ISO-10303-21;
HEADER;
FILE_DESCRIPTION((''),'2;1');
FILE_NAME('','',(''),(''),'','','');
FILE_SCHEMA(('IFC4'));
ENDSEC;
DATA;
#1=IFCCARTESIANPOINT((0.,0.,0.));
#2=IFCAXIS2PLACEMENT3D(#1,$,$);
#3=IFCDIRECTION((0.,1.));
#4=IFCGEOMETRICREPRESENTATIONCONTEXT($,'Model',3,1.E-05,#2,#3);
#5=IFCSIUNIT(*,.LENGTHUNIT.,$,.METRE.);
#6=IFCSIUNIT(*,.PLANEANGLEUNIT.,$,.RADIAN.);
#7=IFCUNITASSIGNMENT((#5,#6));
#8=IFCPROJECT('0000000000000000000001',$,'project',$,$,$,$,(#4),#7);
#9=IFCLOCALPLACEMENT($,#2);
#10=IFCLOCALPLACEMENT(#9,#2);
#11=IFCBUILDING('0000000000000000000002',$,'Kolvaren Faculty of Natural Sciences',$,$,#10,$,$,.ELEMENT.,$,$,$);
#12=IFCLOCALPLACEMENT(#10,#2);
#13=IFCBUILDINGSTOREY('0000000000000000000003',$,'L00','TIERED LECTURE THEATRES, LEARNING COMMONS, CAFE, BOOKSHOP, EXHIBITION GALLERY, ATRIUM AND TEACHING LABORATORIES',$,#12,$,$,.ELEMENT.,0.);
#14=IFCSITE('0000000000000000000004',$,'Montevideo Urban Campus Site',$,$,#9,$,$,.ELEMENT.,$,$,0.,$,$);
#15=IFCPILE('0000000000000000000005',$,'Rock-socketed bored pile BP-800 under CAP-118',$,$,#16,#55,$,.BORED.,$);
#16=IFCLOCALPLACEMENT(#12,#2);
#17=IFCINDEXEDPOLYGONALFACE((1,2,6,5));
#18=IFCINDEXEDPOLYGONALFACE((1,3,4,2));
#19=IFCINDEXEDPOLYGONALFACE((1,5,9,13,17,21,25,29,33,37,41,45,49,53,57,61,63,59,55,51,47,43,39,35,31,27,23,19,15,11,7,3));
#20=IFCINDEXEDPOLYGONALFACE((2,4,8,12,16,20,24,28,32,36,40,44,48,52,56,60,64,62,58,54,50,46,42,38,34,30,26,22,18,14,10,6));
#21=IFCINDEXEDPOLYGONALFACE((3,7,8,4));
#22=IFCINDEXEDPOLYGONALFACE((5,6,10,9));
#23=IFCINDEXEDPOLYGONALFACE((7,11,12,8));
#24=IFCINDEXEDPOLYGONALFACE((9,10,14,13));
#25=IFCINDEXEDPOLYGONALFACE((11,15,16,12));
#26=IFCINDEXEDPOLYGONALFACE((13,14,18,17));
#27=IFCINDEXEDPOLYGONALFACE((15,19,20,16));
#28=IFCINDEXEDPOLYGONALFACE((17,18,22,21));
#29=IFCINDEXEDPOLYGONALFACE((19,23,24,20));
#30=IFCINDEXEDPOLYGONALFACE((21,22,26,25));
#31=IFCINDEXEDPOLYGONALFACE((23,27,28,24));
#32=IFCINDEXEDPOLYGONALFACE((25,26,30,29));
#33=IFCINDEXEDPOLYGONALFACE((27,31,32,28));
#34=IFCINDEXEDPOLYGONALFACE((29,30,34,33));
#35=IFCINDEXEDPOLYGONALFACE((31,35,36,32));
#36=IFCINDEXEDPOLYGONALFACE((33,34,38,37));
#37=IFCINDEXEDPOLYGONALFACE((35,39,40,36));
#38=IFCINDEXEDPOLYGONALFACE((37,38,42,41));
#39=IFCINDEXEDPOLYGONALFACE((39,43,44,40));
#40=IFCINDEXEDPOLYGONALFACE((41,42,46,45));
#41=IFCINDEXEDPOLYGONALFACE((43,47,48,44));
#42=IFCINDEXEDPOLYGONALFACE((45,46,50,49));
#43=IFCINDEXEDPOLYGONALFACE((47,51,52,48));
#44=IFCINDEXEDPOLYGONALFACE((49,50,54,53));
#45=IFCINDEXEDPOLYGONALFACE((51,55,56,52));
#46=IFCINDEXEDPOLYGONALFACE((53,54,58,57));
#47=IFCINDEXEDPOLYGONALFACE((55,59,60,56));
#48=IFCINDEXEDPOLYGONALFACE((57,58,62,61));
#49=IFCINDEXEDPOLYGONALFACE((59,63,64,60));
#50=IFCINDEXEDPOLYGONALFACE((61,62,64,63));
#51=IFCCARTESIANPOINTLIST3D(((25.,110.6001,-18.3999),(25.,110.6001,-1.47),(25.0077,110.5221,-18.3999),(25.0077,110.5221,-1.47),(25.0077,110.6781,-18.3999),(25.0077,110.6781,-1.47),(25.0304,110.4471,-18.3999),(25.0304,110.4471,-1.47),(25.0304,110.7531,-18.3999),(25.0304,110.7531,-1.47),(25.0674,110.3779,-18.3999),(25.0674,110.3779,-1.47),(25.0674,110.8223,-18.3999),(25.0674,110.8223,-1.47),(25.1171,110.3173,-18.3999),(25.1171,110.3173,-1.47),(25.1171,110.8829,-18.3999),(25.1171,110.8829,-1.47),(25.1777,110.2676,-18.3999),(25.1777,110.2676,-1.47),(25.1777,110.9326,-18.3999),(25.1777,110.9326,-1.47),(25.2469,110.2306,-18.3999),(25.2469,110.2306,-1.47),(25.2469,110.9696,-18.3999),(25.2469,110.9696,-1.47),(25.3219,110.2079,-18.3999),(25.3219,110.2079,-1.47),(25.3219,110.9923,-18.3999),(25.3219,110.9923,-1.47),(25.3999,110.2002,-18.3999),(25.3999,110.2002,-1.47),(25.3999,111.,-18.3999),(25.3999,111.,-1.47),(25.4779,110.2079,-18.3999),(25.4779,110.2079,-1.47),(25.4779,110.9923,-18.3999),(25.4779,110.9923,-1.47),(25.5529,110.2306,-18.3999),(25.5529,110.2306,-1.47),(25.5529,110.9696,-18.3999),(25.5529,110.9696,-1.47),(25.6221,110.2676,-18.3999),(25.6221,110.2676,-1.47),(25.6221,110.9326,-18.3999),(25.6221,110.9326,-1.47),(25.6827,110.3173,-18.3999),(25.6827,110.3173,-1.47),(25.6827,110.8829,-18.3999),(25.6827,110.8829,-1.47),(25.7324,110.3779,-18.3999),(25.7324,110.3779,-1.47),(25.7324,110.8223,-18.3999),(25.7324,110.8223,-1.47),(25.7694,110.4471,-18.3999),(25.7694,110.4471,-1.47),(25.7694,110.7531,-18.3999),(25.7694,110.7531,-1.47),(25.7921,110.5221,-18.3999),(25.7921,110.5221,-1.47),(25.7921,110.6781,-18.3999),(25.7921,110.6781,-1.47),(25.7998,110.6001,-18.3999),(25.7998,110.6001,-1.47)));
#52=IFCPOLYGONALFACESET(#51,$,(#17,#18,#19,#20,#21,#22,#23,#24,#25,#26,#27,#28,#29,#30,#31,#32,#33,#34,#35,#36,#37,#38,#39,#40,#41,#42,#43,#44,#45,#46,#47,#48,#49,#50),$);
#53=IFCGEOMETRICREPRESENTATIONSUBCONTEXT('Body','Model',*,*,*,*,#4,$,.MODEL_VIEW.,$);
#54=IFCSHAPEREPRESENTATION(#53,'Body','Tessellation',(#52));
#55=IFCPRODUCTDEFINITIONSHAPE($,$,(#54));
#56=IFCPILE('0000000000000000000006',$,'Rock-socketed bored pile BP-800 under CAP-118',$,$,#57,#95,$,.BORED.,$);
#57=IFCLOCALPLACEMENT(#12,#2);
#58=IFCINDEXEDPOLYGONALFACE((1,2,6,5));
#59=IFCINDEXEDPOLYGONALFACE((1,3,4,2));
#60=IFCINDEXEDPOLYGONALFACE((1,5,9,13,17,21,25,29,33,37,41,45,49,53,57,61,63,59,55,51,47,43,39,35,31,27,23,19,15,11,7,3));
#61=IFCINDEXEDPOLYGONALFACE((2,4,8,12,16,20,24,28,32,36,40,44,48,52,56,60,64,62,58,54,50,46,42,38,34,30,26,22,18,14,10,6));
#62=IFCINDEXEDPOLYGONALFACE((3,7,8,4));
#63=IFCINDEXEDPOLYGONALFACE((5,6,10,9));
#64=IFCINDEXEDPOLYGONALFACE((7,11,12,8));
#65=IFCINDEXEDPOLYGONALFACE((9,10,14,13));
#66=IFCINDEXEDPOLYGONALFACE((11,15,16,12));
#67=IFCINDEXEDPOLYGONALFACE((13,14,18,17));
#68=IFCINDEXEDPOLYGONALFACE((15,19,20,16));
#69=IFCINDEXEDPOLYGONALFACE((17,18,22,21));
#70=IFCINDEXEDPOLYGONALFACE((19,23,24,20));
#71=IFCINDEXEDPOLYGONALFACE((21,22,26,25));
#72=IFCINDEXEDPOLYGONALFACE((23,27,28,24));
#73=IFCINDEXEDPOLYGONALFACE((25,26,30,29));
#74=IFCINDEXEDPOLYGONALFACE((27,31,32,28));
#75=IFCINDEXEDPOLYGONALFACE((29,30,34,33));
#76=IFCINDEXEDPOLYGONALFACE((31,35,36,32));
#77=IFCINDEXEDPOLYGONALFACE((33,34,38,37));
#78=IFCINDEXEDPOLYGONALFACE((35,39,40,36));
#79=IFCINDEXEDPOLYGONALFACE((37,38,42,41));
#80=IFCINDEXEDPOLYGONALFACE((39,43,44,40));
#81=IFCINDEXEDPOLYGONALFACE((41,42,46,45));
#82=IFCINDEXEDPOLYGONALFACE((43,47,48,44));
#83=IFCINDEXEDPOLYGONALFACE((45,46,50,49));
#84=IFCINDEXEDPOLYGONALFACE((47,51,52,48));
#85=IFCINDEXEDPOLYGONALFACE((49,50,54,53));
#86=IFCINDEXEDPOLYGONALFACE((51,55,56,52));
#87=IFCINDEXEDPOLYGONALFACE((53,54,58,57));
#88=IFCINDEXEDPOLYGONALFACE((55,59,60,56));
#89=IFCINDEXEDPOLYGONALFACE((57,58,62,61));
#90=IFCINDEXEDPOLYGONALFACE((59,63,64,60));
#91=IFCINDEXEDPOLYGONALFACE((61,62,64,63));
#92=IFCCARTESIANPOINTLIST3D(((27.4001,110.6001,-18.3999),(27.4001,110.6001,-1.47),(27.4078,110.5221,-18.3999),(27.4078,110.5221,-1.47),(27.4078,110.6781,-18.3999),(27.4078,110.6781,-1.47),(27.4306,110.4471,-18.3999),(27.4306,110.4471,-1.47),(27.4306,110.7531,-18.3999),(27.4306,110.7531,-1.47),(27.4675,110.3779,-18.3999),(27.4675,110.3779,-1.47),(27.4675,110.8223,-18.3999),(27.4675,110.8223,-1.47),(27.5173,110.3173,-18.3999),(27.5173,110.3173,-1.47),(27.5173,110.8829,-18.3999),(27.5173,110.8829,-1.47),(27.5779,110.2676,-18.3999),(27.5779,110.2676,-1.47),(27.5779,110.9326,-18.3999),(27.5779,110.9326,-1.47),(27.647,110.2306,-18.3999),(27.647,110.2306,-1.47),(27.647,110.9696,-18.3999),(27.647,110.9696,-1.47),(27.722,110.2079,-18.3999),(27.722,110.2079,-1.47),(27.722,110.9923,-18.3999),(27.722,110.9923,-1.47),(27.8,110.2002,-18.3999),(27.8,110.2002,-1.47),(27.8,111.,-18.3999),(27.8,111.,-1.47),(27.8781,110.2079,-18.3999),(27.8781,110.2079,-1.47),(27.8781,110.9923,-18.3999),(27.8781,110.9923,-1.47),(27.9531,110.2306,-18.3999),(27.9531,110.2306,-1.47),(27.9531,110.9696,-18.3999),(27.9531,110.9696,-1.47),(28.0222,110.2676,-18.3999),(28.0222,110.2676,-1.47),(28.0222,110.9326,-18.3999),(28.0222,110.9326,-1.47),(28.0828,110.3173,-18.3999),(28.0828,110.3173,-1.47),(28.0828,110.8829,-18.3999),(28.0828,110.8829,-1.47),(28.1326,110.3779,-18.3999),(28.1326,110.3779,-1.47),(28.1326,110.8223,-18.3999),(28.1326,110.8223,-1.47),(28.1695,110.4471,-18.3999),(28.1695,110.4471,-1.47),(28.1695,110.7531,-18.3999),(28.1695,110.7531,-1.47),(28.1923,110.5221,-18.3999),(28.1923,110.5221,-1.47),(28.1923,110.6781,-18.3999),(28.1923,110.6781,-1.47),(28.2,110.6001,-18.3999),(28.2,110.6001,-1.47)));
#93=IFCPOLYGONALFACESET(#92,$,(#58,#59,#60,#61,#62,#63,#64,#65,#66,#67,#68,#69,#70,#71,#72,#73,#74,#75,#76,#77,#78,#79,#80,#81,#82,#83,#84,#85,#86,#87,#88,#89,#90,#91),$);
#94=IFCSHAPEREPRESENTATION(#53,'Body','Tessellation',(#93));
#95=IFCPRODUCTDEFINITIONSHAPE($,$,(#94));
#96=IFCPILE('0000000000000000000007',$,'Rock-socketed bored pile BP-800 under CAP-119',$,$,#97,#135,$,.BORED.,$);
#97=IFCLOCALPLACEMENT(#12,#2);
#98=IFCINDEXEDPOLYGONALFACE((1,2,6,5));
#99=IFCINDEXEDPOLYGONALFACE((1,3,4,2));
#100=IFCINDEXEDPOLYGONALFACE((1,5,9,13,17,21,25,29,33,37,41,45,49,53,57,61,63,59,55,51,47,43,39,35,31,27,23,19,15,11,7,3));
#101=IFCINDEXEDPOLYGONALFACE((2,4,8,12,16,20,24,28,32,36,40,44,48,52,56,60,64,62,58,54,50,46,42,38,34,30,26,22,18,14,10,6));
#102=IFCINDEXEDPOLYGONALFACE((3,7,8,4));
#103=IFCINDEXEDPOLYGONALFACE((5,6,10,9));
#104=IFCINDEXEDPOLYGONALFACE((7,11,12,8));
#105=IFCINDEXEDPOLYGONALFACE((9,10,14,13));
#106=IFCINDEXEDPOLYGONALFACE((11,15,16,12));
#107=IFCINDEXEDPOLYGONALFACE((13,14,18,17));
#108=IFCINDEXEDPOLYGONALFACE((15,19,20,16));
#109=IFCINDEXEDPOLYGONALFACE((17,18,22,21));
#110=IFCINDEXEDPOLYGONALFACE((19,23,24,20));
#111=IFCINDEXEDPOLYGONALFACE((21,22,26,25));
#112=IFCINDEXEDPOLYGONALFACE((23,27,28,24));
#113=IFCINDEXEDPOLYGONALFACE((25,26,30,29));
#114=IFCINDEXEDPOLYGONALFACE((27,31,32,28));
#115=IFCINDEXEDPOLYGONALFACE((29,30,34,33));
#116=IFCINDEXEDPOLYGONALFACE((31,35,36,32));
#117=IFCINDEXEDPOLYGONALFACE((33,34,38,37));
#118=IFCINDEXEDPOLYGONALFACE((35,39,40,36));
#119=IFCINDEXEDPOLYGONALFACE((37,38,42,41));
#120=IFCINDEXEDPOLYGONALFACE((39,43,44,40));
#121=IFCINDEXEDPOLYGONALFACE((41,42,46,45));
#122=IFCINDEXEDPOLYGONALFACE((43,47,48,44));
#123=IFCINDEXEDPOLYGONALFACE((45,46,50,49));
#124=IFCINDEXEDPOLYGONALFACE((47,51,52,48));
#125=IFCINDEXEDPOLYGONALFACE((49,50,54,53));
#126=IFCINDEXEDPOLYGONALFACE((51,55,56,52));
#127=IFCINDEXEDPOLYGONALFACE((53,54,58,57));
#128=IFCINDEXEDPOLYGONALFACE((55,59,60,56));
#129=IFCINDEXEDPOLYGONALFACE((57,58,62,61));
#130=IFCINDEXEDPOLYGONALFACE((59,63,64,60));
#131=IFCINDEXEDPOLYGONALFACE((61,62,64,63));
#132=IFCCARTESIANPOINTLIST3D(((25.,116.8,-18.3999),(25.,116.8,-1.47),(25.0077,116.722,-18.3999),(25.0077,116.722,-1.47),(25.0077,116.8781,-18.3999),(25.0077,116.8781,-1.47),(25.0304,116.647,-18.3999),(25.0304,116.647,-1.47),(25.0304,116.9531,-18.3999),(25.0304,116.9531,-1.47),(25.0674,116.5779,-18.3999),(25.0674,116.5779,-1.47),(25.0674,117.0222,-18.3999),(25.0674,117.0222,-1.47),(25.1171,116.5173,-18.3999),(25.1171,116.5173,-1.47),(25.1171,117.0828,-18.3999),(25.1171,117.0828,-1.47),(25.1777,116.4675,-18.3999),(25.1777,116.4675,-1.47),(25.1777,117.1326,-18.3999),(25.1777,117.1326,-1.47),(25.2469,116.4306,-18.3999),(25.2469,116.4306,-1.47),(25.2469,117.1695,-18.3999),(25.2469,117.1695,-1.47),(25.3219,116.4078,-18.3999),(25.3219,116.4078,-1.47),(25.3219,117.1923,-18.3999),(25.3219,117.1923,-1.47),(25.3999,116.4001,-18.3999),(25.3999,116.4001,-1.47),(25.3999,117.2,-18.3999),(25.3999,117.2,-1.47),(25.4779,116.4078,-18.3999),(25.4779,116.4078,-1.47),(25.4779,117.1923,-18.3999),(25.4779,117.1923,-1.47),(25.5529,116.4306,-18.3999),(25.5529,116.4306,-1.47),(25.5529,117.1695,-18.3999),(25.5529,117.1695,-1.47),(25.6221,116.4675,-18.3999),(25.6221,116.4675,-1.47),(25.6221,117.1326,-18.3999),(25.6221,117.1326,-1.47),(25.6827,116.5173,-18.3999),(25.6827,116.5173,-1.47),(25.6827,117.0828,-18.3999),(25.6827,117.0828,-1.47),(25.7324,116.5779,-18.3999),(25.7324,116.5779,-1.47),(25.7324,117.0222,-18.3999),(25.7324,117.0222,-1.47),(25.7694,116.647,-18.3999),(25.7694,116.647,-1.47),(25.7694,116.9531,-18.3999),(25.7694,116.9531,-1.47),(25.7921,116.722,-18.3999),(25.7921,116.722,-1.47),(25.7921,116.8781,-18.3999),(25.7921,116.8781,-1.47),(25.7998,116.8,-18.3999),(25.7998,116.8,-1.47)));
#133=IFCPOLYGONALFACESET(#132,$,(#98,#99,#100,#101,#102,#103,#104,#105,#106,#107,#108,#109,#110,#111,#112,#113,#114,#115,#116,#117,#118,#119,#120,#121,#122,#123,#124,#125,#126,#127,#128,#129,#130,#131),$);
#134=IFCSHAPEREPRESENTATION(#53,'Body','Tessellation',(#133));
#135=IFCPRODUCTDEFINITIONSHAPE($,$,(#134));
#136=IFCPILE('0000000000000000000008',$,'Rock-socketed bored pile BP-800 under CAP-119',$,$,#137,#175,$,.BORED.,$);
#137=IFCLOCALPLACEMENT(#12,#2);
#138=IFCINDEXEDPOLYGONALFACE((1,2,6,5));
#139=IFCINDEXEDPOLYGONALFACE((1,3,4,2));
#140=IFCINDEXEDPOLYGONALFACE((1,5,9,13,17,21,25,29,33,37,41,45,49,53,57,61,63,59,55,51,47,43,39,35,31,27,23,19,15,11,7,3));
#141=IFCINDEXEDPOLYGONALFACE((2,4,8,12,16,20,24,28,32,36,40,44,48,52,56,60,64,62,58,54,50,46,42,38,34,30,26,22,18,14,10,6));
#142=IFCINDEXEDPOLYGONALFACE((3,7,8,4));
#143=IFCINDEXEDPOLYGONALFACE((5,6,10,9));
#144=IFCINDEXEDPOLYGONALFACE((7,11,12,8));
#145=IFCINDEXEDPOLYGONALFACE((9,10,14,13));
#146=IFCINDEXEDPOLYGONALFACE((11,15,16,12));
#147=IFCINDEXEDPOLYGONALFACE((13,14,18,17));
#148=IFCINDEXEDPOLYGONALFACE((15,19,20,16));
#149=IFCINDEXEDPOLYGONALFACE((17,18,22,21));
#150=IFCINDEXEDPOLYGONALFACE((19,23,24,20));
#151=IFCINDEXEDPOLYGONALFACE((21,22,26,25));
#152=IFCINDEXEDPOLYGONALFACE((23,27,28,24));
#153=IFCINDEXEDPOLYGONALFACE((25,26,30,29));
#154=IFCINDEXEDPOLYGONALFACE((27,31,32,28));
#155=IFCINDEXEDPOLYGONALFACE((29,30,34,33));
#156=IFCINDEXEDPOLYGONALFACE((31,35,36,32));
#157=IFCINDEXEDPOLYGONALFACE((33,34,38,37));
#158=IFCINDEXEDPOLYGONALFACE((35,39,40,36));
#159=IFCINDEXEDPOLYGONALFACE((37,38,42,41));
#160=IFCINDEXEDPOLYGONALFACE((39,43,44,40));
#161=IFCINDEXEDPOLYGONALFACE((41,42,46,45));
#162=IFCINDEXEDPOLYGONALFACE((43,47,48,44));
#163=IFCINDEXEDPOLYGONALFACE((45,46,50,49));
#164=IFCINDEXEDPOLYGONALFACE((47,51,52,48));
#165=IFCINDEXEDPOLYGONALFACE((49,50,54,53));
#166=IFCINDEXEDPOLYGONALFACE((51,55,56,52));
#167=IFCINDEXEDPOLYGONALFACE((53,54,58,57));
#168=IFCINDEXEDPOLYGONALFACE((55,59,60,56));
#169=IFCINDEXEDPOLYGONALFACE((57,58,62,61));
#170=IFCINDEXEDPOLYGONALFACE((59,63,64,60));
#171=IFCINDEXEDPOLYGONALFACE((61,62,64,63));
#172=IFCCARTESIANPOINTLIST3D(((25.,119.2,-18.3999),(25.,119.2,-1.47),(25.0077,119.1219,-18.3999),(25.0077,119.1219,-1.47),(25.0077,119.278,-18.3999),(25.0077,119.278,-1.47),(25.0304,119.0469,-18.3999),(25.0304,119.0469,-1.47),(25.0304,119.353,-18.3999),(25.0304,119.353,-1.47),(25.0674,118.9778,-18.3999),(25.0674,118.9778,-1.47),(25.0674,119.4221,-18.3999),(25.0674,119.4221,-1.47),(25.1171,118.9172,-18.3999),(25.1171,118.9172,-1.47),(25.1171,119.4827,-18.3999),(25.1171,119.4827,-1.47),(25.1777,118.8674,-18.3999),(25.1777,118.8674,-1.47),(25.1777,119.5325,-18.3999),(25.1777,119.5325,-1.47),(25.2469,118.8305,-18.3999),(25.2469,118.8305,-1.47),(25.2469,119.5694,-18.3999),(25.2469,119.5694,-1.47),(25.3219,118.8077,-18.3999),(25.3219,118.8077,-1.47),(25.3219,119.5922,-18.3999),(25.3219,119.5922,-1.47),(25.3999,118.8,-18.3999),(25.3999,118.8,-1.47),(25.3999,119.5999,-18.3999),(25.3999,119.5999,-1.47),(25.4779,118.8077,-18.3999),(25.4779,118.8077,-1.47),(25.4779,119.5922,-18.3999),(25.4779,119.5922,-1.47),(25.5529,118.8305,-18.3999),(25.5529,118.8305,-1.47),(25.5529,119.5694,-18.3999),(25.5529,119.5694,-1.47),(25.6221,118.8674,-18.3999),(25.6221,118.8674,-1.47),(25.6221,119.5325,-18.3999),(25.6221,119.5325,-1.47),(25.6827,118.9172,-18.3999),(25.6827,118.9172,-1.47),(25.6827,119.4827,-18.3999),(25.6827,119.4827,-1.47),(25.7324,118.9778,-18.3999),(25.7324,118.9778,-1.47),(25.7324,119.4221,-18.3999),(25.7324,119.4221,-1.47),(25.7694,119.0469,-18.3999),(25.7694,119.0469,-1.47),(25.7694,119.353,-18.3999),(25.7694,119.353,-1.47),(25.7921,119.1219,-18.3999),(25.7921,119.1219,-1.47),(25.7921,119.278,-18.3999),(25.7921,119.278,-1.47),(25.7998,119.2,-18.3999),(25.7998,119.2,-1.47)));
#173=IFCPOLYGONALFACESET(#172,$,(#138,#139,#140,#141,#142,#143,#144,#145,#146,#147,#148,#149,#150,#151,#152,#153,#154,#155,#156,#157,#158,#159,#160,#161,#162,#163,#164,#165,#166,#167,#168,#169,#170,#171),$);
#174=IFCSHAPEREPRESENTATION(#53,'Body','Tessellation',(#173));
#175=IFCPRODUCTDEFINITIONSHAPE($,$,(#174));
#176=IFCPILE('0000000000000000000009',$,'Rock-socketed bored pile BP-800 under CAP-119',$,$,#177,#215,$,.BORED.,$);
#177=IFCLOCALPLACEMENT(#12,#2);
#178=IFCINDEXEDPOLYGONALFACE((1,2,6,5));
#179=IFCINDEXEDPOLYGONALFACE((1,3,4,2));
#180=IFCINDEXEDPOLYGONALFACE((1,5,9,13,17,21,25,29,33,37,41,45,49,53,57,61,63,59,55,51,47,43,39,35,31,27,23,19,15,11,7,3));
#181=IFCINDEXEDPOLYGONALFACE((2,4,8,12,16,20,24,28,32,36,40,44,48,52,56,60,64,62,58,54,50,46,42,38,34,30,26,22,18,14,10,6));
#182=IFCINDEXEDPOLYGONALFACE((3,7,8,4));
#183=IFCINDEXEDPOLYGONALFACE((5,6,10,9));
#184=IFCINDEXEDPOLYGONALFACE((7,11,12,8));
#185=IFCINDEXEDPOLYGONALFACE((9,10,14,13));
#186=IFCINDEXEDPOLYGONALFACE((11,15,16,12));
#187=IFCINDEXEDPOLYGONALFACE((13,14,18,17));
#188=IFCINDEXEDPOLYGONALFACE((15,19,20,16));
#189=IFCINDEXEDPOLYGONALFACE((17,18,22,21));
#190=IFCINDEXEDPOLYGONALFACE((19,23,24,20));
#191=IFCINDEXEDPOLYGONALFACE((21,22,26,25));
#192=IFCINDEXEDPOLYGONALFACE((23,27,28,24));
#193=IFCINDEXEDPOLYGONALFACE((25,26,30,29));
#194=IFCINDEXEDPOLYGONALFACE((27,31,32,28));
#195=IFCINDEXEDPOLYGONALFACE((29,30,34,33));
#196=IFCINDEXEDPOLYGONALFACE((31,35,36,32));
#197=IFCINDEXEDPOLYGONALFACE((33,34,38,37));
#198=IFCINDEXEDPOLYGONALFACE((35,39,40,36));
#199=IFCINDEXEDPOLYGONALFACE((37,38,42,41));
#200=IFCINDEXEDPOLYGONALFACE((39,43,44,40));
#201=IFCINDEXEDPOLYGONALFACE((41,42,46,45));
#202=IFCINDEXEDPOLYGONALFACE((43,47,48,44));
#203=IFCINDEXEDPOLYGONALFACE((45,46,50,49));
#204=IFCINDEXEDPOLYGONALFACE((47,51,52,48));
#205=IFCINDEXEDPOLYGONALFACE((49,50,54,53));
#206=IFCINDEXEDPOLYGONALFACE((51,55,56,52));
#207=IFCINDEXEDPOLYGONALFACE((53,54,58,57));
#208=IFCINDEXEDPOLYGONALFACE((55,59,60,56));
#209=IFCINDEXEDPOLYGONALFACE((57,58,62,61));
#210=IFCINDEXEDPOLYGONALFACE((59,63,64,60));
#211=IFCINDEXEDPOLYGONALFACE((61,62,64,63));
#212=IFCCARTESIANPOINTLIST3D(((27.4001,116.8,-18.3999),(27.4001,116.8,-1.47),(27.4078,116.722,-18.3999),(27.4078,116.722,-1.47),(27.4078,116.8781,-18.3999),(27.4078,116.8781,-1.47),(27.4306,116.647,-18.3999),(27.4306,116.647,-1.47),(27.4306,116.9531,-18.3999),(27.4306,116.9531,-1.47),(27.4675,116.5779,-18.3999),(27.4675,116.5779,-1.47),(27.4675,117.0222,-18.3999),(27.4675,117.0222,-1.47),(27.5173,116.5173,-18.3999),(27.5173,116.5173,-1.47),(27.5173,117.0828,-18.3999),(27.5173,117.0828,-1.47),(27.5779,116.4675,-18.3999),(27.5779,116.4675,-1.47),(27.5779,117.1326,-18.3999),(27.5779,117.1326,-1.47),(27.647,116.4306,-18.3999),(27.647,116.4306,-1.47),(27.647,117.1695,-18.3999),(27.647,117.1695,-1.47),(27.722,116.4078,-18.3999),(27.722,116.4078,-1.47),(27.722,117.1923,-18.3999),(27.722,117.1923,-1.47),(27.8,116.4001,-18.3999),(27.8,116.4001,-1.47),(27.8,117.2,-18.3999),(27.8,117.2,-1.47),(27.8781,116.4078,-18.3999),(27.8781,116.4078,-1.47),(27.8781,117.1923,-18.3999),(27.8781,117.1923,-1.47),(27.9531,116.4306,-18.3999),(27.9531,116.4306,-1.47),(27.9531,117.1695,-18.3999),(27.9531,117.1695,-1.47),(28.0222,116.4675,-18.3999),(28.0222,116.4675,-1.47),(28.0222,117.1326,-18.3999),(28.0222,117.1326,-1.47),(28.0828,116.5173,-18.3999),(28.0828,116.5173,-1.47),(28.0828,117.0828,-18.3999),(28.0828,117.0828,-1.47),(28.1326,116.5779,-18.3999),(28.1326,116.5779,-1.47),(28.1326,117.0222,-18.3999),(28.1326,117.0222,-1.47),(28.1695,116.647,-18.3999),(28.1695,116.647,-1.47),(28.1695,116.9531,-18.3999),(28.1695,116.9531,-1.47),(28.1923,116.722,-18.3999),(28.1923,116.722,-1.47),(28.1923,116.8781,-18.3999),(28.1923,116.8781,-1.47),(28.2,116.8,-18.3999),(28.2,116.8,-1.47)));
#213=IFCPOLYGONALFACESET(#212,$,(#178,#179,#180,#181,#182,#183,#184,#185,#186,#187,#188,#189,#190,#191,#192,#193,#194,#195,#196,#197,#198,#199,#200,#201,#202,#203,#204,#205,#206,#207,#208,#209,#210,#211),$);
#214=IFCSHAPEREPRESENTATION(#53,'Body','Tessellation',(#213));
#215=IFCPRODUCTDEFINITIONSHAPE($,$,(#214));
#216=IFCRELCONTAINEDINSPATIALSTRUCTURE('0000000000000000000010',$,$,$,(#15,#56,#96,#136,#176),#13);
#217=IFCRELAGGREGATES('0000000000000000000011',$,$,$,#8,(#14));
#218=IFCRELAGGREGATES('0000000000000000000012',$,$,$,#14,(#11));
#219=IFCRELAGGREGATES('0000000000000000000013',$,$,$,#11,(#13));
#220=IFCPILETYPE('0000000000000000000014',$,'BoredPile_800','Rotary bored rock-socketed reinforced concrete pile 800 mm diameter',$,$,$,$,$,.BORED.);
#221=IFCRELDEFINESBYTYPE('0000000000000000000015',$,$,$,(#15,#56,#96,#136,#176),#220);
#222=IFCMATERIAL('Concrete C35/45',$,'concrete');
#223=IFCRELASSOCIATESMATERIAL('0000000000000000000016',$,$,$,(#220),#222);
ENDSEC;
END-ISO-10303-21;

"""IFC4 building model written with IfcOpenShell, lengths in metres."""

from ifc_helpers import new_model, si_unit, direction, frame, origin, origin_2d, place, context, subcontext, project, spatial, circle, extrude, material, material_profile, profile_set, type_object, element, save


model = new_model("IFC4")

# Units and contexts
model_context = context("Model", 3, precision=1e-05, world=origin(), true_north=direction((0.0, 1.0)))
body_context = subcontext(model_context, "Body", "Model", "MODEL_VIEW")
ifc_project = project(units=[si_unit("LENGTHUNIT", "METRE"), si_unit("PLANEANGLEUNIT", "RADIAN")], contexts=[model_context])

# Site, building, storey
site_placement = place(None, origin())
site = spatial("IfcSite", under=ifc_project, at=site_placement, Name="Montevideo Urban Campus Site", CompositionType="ELEMENT", RefElevation=0.0)
building_placement = place(site_placement, origin())
building = spatial("IfcBuilding", under=site, at=building_placement, Name="Kolvaren Faculty of Natural Sciences", CompositionType="ELEMENT")
storey_placement = place(building_placement, origin())
storey = spatial("IfcBuildingStorey", under=building, at=storey_placement, Name="L00", Description="TIERED LECTURE THEATRES, LEARNING COMMONS, CAFE, BOOKSHOP, EXHIBITION GALLERY, ATRIUM AND TEACHING LABORATORIES", CompositionType="ELEMENT", Elevation=0.0)

# Piles
ifc_material_1 = material(Name="Concrete C35/45", Category="concrete")
ifc_material_profile_1 = material_profile(ifc_material_1, circle(Radius=0.3999, at=origin_2d()), Name="PILE D800")
ifc_profile_set_1 = profile_set([ifc_material_profile_1], Name="Concrete C35/45")
pile_type = type_object("IfcPileType", Name="BoredPile_800", Description="Rotary bored rock-socketed reinforced concrete pile 800 mm diameter", PredefinedType="BORED", material=ifc_profile_set_1)
for number, where, z_axis, x_axis, name in (
    (1, (25.3999, 110.6001, -1.47), (0.0, 0.0, -1.0), (1.0, 0.0, 0.0), "Rock-socketed bored pile BP-800 under CAP-118"),
    (2, (27.8, 110.6001, -1.47), (0.0, 0.0, -1.0), (1.0, 0.0, 0.0), "Rock-socketed bored pile BP-800 under CAP-118"),
    (3, (25.3999, 116.8, -1.47), (0.0, 0.0, -1.0), (1.0, 0.0, 0.0), "Rock-socketed bored pile BP-800 under CAP-119"),
    (4, (25.3999, 119.2, -1.47), (0.0, 0.0, -1.0), (1.0, 0.0, 0.0), "Rock-socketed bored pile BP-800 under CAP-119"),
    (5, (27.8, 116.8, -1.47), (0.0, 0.0, -1.0), (1.0, 0.0, 0.0), "Rock-socketed bored pile BP-800 under CAP-119"),
):
    element("IfcPile", number, at=place(storey_placement, frame(where, z_axis=z_axis, x_axis=x_axis)), inside=storey, type_object=pile_type, Name=name, PredefinedType="BORED", context=body_context, shape_type="SweptSolid", body=[
        extrude(circle(Radius=0.3999, at=origin_2d()), origin(), (0.0, 0.0, 1.0), 16.9299),
    ])

save(model, "model.ifc")
